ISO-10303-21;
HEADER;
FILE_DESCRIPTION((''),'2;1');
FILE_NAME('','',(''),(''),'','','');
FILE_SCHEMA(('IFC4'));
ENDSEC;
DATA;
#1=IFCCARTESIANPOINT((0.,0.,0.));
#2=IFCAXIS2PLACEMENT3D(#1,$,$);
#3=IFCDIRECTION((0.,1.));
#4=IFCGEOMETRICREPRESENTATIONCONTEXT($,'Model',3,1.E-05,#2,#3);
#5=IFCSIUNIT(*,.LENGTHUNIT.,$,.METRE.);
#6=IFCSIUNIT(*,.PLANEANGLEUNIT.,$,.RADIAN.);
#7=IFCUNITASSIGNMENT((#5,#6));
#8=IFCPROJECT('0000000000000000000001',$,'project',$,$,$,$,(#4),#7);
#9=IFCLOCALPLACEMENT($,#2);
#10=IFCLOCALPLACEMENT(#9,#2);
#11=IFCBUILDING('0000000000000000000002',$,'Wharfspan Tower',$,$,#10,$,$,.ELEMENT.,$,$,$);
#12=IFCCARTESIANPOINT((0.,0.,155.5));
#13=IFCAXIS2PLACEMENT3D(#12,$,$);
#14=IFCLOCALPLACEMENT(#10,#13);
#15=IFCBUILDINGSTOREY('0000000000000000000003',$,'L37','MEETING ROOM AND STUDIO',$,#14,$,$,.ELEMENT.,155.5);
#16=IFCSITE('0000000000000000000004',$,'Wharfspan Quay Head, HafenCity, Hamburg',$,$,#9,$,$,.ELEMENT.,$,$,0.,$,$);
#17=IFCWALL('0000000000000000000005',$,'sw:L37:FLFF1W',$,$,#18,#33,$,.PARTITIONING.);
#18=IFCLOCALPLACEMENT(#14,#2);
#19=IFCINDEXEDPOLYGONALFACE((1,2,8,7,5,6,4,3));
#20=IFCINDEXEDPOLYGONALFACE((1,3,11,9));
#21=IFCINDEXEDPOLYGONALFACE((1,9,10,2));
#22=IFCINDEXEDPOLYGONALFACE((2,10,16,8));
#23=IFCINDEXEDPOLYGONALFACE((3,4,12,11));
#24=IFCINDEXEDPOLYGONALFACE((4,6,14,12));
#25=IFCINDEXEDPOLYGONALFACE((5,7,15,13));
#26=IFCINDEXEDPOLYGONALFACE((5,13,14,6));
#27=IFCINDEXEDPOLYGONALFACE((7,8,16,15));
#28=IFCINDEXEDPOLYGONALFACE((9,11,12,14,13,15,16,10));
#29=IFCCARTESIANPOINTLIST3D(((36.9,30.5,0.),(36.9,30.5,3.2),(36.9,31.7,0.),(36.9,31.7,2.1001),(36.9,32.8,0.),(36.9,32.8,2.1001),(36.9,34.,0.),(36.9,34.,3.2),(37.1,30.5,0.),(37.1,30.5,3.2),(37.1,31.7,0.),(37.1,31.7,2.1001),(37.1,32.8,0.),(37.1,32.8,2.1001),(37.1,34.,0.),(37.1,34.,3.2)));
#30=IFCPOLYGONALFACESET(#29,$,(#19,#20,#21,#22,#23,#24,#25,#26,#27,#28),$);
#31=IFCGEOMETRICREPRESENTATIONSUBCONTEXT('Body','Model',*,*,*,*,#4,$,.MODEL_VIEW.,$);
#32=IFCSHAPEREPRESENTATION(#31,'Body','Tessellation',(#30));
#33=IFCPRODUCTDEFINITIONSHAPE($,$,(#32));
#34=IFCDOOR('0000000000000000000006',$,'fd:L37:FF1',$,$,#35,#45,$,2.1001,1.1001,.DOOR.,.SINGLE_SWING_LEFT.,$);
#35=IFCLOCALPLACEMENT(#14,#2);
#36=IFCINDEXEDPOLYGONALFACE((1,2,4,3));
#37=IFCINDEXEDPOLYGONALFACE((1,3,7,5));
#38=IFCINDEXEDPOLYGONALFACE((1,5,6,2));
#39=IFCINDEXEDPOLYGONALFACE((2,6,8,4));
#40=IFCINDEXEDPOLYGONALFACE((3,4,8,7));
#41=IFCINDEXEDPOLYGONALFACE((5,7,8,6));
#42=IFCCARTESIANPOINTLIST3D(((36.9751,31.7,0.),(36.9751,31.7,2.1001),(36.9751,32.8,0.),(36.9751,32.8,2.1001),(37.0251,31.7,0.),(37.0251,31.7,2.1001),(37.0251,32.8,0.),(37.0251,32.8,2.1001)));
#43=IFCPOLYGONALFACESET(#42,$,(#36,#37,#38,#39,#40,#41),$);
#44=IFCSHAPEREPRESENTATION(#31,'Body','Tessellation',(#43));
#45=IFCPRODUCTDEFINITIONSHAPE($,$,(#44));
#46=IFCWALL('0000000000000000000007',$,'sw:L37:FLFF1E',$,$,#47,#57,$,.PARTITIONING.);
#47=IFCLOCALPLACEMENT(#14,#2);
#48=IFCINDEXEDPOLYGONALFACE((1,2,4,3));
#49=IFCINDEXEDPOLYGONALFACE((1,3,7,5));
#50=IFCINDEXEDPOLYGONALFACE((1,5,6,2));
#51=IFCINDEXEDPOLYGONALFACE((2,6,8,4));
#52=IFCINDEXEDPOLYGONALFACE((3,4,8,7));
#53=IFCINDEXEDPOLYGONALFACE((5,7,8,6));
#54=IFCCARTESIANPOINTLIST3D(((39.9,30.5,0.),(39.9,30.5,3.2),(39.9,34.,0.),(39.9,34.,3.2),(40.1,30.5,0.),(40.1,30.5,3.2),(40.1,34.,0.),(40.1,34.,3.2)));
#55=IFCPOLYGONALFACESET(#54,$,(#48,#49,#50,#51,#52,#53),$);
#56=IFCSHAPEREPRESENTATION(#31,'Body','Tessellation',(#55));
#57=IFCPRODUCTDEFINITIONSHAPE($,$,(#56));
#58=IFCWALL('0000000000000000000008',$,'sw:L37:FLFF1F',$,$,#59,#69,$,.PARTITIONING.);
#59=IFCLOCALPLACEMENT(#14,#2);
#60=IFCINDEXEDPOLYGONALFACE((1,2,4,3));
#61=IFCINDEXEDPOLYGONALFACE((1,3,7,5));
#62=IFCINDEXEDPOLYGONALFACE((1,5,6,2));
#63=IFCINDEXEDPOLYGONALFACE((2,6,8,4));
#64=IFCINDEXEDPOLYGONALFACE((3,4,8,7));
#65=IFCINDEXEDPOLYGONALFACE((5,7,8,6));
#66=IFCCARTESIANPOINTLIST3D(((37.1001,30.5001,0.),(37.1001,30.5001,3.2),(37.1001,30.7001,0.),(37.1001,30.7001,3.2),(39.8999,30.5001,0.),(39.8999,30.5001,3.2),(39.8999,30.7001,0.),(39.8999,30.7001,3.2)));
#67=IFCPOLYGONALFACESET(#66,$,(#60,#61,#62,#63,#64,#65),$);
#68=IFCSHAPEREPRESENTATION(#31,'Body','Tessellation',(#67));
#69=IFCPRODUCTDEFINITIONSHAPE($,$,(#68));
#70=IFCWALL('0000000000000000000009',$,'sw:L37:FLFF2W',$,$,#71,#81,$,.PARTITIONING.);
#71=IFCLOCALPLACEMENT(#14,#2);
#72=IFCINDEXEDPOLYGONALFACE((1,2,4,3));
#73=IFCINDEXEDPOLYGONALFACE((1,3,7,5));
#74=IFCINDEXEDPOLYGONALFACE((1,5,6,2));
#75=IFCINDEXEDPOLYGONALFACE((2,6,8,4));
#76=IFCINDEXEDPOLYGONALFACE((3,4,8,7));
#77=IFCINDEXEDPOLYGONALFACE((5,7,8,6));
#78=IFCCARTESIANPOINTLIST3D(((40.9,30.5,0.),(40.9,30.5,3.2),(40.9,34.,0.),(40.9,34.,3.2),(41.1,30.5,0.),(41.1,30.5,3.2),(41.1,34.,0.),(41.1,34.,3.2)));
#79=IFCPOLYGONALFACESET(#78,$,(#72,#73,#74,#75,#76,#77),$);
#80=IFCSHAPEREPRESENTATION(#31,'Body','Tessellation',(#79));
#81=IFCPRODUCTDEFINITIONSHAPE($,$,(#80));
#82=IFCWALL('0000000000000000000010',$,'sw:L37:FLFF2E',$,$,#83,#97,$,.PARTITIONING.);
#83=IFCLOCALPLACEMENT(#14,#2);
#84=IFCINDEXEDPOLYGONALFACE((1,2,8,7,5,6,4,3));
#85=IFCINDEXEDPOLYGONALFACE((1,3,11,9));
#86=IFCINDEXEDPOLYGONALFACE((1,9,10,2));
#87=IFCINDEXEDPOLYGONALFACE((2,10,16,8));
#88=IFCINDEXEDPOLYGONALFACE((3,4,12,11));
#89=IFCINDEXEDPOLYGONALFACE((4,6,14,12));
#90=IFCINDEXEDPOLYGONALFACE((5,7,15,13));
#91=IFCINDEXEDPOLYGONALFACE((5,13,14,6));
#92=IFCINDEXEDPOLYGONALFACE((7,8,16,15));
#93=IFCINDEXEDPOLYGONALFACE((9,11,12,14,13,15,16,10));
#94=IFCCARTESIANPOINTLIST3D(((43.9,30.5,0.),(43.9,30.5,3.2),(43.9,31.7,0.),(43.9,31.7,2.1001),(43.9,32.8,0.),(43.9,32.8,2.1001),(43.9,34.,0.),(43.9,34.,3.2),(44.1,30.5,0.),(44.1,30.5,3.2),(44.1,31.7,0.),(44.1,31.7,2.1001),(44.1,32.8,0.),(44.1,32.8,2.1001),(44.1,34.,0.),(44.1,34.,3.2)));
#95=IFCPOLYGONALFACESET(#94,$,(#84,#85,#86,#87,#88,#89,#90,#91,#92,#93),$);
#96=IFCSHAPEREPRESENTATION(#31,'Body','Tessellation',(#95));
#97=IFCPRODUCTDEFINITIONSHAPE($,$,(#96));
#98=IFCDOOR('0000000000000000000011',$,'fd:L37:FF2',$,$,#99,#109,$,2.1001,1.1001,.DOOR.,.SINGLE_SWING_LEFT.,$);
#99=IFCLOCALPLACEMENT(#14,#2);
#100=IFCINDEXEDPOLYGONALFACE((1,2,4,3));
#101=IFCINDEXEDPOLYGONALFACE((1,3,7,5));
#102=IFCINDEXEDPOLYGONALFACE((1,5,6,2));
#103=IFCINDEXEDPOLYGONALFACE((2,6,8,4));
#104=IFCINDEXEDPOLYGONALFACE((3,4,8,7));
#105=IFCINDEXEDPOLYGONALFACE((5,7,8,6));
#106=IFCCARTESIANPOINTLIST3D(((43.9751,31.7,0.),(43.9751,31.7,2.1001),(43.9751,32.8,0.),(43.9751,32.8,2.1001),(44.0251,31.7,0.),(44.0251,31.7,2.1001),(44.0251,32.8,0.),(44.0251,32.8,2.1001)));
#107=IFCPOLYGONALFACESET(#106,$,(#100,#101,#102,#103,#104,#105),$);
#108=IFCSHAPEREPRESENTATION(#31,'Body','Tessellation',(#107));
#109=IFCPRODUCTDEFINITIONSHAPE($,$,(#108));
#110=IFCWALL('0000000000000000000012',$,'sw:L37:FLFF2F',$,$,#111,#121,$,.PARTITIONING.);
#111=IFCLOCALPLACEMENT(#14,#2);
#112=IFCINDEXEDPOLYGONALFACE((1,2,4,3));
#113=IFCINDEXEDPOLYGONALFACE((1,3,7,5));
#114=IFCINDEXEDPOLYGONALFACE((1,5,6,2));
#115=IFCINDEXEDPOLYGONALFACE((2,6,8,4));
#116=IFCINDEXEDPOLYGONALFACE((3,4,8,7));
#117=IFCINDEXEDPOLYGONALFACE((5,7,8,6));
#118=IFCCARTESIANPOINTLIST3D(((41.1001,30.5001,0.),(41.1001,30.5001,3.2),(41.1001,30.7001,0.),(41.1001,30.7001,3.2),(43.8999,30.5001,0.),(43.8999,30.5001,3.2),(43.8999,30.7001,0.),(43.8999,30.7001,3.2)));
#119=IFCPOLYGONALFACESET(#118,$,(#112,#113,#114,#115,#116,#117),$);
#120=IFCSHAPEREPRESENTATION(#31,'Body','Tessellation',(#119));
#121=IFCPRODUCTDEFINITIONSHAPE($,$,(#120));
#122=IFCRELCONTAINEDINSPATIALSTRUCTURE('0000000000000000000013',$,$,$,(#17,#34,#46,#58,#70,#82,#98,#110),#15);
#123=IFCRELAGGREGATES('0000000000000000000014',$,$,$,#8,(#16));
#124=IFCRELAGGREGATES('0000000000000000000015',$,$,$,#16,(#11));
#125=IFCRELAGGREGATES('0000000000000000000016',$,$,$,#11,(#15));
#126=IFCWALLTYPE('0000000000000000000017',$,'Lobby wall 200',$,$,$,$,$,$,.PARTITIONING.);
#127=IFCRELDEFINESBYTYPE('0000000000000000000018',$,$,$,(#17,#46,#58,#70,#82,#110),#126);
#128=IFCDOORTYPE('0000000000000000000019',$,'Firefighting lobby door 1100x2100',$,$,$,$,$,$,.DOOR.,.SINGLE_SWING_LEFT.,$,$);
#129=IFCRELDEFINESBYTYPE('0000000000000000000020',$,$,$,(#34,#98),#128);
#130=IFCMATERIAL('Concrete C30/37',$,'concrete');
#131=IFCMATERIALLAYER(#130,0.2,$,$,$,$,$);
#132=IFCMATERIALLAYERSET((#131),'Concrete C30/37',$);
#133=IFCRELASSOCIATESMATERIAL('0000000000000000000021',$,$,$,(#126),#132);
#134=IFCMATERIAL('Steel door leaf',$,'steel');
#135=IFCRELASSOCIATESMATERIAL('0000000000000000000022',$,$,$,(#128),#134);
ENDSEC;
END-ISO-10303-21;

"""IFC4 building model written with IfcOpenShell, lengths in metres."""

from ifc_helpers import new_model, si_unit, direction, frame, frame_2d, origin, place, context, subcontext, project, spatial, rectangle, extrude, material, layer, layer_set, type_object, element, fill, save


model = new_model("IFC4")

# Units and contexts
model_context = context("Model", 3, precision=1e-05, world=origin(), true_north=direction((0.0, 1.0)))
body_context = subcontext(model_context, "Body", "Model", "MODEL_VIEW")
ifc_project = project(units=[si_unit("LENGTHUNIT", "METRE"), si_unit("PLANEANGLEUNIT", "RADIAN")], contexts=[model_context])

# Site, building, storey
site_placement = place(None, origin())
site = spatial("IfcSite", under=ifc_project, at=site_placement, Name="Wharfspan Quay Head, HafenCity, Hamburg", CompositionType="ELEMENT", RefElevation=0.0)
building_placement = place(site_placement, origin())
building = spatial("IfcBuilding", under=site, at=building_placement, Name="Wharfspan Tower", CompositionType="ELEMENT")
storey_placement = place(building_placement, frame((0.0, 0.0, 155.5)))
storey = spatial("IfcBuildingStorey", under=building, at=storey_placement, Name="L37", Description="MEETING ROOM AND STUDIO", CompositionType="ELEMENT", Elevation=155.5)

# Shared definitions
ifc_material_1 = material(Name="Steel door leaf", Category="steel")

# Wall, opening, door
ifc_material_2 = material(Name="Concrete C30/37", Category="concrete")
ifc_layer_1 = layer(ifc_material_2, 0.2)
ifc_layer_set_1 = layer_set([ifc_layer_1], Name="Concrete C30/37")
wall_type_1 = type_object("IfcWallType", Name="Lobby wall 200", PredefinedType="PARTITIONING", material=ifc_layer_set_1)
wall_1_placement = place(storey_placement, frame((37.0, 30.5, 0.0), z_axis=(0.0, 0.0, 1.0), x_axis=(0.0, 1.0, 0.0)))
wall_1 = element("IfcWall", 1, at=wall_1_placement, inside=storey, type_object=wall_type_1, Name="sw:L37:FLFF1W", PredefinedType="PARTITIONING", context=body_context, shape_type="SweptSolid", body=[
    extrude(rectangle(XDim=3.5, YDim=0.2, at=frame_2d((1.75, 0.0))), origin(), (0.0, 0.0, 1.0), 3.2),
])
opening_1_placement = place(wall_1_placement, frame((1.2, 0.0, 0.0)))
opening_1 = element("IfcOpeningElement", 2, at=opening_1_placement, cuts=wall_1, PredefinedType="OPENING", context=body_context, shape_type="SweptSolid", body=[
    extrude(rectangle(XDim=1.1001, YDim=2.1001, at=frame_2d((0.55, 1.05))), frame((0.0, 0.1099, 0.0), z_axis=(0.0, -1.0, 0.0), x_axis=(1.0, 0.0, 0.0)), (0.0, 0.0, 1.0), 0.22),
])
door_type_1 = type_object("IfcDoorType", Name="Firefighting lobby door 1100x2100", OperationType="SINGLE_SWING_LEFT", PredefinedType="DOOR", material=ifc_material_1)
door_1_placement = place(opening_1_placement, origin())
door_1 = element("IfcDoor", 3, at=door_1_placement, inside=storey, type_object=door_type_1, Name="fd:L37:FF1", OperationType="SINGLE_SWING_LEFT", OverallHeight=2.1001, OverallWidth=1.1001, PredefinedType="DOOR", context=body_context, shape_type="SweptSolid", body=[
    extrude(rectangle(XDim=1.1001, YDim=2.1001, at=frame_2d((0.55, 1.05))), frame((0.0, 0.0249, 0.0), z_axis=(0.0, -1.0, 0.0), x_axis=(1.0, 0.0, 0.0)), (0.0, 0.0, 1.0), 0.05),
])
fill(opening_1, door_1)

# Walls
wall_2_placement = place(storey_placement, frame((40.0, 30.5, 0.0), z_axis=(0.0, 0.0, 1.0), x_axis=(0.0, 1.0, 0.0)))
element("IfcWall", 4, at=wall_2_placement, inside=storey, type_object=wall_type_1, Name="sw:L37:FLFF1E", PredefinedType="PARTITIONING", context=body_context, shape_type="SweptSolid", body=[
    extrude(rectangle(XDim=3.5, YDim=0.2, at=frame_2d((1.75, 0.0))), origin(), (0.0, 0.0, 1.0), 3.2),
])
wall_3_placement = place(storey_placement, frame((37.1001, 30.6001, 0.0), z_axis=(0.0, 0.0, 1.0), x_axis=(1.0, 0.0, 0.0)))
element("IfcWall", 5, at=wall_3_placement, inside=storey, type_object=wall_type_1, Name="sw:L37:FLFF1F", PredefinedType="PARTITIONING", context=body_context, shape_type="SweptSolid", body=[
    extrude(rectangle(XDim=2.7998, YDim=0.2, at=frame_2d((1.3999, 0.0))), origin(), (0.0, 0.0, 1.0), 3.2),
])
wall_4_placement = place(storey_placement, frame((41.0, 30.5, 0.0), z_axis=(0.0, 0.0, 1.0), x_axis=(0.0, 1.0, 0.0)))
element("IfcWall", 6, at=wall_4_placement, inside=storey, type_object=wall_type_1, Name="sw:L37:FLFF2W", PredefinedType="PARTITIONING", context=body_context, shape_type="SweptSolid", body=[
    extrude(rectangle(XDim=3.5, YDim=0.2, at=frame_2d((1.75, 0.0))), origin(), (0.0, 0.0, 1.0), 3.2),
])

# Wall, opening, door
wall_5_placement = place(storey_placement, frame((44.0, 30.5, 0.0), z_axis=(0.0, 0.0, 1.0), x_axis=(0.0, 1.0, 0.0)))
wall_5 = element("IfcWall", 7, at=wall_5_placement, inside=storey, type_object=wall_type_1, Name="sw:L37:FLFF2E", PredefinedType="PARTITIONING", context=body_context, shape_type="SweptSolid", body=[
    extrude(rectangle(XDim=3.5, YDim=0.2, at=frame_2d((1.75, 0.0))), origin(), (0.0, 0.0, 1.0), 3.2),
])
opening_2_placement = place(wall_5_placement, frame((1.2, 0.0, 0.0)))
opening_2 = element("IfcOpeningElement", 8, at=opening_2_placement, cuts=wall_5, PredefinedType="OPENING", context=body_context, shape_type="SweptSolid", body=[
    extrude(rectangle(XDim=1.1001, YDim=2.1001, at=frame_2d((0.55, 1.05))), frame((0.0, 0.1099, 0.0), z_axis=(0.0, -1.0, 0.0), x_axis=(1.0, 0.0, 0.0)), (0.0, 0.0, 1.0), 0.22),
])
door_2_placement = place(opening_2_placement, origin())
door_2 = element("IfcDoor", 9, at=door_2_placement, inside=storey, type_object=door_type_1, Name="fd:L37:FF2", OperationType="SINGLE_SWING_LEFT", OverallHeight=2.1001, OverallWidth=1.1001, PredefinedType="DOOR", context=body_context, shape_type="SweptSolid", body=[
    extrude(rectangle(XDim=1.1001, YDim=2.1001, at=frame_2d((0.55, 1.05))), frame((0.0, 0.0249, 0.0), z_axis=(0.0, -1.0, 0.0), x_axis=(1.0, 0.0, 0.0)), (0.0, 0.0, 1.0), 0.05),
])
fill(opening_2, door_2)

# Wall
wall_6_placement = place(storey_placement, frame((41.1001, 30.6001, 0.0), z_axis=(0.0, 0.0, 1.0), x_axis=(1.0, 0.0, 0.0)))
element("IfcWall", 10, at=wall_6_placement, inside=storey, type_object=wall_type_1, Name="sw:L37:FLFF2F", PredefinedType="PARTITIONING", context=body_context, shape_type="SweptSolid", body=[
    extrude(rectangle(XDim=2.7998, YDim=0.2, at=frame_2d((1.3999, 0.0))), origin(), (0.0, 0.0, 1.0), 3.2),
])

save(model, "model.ifc")
